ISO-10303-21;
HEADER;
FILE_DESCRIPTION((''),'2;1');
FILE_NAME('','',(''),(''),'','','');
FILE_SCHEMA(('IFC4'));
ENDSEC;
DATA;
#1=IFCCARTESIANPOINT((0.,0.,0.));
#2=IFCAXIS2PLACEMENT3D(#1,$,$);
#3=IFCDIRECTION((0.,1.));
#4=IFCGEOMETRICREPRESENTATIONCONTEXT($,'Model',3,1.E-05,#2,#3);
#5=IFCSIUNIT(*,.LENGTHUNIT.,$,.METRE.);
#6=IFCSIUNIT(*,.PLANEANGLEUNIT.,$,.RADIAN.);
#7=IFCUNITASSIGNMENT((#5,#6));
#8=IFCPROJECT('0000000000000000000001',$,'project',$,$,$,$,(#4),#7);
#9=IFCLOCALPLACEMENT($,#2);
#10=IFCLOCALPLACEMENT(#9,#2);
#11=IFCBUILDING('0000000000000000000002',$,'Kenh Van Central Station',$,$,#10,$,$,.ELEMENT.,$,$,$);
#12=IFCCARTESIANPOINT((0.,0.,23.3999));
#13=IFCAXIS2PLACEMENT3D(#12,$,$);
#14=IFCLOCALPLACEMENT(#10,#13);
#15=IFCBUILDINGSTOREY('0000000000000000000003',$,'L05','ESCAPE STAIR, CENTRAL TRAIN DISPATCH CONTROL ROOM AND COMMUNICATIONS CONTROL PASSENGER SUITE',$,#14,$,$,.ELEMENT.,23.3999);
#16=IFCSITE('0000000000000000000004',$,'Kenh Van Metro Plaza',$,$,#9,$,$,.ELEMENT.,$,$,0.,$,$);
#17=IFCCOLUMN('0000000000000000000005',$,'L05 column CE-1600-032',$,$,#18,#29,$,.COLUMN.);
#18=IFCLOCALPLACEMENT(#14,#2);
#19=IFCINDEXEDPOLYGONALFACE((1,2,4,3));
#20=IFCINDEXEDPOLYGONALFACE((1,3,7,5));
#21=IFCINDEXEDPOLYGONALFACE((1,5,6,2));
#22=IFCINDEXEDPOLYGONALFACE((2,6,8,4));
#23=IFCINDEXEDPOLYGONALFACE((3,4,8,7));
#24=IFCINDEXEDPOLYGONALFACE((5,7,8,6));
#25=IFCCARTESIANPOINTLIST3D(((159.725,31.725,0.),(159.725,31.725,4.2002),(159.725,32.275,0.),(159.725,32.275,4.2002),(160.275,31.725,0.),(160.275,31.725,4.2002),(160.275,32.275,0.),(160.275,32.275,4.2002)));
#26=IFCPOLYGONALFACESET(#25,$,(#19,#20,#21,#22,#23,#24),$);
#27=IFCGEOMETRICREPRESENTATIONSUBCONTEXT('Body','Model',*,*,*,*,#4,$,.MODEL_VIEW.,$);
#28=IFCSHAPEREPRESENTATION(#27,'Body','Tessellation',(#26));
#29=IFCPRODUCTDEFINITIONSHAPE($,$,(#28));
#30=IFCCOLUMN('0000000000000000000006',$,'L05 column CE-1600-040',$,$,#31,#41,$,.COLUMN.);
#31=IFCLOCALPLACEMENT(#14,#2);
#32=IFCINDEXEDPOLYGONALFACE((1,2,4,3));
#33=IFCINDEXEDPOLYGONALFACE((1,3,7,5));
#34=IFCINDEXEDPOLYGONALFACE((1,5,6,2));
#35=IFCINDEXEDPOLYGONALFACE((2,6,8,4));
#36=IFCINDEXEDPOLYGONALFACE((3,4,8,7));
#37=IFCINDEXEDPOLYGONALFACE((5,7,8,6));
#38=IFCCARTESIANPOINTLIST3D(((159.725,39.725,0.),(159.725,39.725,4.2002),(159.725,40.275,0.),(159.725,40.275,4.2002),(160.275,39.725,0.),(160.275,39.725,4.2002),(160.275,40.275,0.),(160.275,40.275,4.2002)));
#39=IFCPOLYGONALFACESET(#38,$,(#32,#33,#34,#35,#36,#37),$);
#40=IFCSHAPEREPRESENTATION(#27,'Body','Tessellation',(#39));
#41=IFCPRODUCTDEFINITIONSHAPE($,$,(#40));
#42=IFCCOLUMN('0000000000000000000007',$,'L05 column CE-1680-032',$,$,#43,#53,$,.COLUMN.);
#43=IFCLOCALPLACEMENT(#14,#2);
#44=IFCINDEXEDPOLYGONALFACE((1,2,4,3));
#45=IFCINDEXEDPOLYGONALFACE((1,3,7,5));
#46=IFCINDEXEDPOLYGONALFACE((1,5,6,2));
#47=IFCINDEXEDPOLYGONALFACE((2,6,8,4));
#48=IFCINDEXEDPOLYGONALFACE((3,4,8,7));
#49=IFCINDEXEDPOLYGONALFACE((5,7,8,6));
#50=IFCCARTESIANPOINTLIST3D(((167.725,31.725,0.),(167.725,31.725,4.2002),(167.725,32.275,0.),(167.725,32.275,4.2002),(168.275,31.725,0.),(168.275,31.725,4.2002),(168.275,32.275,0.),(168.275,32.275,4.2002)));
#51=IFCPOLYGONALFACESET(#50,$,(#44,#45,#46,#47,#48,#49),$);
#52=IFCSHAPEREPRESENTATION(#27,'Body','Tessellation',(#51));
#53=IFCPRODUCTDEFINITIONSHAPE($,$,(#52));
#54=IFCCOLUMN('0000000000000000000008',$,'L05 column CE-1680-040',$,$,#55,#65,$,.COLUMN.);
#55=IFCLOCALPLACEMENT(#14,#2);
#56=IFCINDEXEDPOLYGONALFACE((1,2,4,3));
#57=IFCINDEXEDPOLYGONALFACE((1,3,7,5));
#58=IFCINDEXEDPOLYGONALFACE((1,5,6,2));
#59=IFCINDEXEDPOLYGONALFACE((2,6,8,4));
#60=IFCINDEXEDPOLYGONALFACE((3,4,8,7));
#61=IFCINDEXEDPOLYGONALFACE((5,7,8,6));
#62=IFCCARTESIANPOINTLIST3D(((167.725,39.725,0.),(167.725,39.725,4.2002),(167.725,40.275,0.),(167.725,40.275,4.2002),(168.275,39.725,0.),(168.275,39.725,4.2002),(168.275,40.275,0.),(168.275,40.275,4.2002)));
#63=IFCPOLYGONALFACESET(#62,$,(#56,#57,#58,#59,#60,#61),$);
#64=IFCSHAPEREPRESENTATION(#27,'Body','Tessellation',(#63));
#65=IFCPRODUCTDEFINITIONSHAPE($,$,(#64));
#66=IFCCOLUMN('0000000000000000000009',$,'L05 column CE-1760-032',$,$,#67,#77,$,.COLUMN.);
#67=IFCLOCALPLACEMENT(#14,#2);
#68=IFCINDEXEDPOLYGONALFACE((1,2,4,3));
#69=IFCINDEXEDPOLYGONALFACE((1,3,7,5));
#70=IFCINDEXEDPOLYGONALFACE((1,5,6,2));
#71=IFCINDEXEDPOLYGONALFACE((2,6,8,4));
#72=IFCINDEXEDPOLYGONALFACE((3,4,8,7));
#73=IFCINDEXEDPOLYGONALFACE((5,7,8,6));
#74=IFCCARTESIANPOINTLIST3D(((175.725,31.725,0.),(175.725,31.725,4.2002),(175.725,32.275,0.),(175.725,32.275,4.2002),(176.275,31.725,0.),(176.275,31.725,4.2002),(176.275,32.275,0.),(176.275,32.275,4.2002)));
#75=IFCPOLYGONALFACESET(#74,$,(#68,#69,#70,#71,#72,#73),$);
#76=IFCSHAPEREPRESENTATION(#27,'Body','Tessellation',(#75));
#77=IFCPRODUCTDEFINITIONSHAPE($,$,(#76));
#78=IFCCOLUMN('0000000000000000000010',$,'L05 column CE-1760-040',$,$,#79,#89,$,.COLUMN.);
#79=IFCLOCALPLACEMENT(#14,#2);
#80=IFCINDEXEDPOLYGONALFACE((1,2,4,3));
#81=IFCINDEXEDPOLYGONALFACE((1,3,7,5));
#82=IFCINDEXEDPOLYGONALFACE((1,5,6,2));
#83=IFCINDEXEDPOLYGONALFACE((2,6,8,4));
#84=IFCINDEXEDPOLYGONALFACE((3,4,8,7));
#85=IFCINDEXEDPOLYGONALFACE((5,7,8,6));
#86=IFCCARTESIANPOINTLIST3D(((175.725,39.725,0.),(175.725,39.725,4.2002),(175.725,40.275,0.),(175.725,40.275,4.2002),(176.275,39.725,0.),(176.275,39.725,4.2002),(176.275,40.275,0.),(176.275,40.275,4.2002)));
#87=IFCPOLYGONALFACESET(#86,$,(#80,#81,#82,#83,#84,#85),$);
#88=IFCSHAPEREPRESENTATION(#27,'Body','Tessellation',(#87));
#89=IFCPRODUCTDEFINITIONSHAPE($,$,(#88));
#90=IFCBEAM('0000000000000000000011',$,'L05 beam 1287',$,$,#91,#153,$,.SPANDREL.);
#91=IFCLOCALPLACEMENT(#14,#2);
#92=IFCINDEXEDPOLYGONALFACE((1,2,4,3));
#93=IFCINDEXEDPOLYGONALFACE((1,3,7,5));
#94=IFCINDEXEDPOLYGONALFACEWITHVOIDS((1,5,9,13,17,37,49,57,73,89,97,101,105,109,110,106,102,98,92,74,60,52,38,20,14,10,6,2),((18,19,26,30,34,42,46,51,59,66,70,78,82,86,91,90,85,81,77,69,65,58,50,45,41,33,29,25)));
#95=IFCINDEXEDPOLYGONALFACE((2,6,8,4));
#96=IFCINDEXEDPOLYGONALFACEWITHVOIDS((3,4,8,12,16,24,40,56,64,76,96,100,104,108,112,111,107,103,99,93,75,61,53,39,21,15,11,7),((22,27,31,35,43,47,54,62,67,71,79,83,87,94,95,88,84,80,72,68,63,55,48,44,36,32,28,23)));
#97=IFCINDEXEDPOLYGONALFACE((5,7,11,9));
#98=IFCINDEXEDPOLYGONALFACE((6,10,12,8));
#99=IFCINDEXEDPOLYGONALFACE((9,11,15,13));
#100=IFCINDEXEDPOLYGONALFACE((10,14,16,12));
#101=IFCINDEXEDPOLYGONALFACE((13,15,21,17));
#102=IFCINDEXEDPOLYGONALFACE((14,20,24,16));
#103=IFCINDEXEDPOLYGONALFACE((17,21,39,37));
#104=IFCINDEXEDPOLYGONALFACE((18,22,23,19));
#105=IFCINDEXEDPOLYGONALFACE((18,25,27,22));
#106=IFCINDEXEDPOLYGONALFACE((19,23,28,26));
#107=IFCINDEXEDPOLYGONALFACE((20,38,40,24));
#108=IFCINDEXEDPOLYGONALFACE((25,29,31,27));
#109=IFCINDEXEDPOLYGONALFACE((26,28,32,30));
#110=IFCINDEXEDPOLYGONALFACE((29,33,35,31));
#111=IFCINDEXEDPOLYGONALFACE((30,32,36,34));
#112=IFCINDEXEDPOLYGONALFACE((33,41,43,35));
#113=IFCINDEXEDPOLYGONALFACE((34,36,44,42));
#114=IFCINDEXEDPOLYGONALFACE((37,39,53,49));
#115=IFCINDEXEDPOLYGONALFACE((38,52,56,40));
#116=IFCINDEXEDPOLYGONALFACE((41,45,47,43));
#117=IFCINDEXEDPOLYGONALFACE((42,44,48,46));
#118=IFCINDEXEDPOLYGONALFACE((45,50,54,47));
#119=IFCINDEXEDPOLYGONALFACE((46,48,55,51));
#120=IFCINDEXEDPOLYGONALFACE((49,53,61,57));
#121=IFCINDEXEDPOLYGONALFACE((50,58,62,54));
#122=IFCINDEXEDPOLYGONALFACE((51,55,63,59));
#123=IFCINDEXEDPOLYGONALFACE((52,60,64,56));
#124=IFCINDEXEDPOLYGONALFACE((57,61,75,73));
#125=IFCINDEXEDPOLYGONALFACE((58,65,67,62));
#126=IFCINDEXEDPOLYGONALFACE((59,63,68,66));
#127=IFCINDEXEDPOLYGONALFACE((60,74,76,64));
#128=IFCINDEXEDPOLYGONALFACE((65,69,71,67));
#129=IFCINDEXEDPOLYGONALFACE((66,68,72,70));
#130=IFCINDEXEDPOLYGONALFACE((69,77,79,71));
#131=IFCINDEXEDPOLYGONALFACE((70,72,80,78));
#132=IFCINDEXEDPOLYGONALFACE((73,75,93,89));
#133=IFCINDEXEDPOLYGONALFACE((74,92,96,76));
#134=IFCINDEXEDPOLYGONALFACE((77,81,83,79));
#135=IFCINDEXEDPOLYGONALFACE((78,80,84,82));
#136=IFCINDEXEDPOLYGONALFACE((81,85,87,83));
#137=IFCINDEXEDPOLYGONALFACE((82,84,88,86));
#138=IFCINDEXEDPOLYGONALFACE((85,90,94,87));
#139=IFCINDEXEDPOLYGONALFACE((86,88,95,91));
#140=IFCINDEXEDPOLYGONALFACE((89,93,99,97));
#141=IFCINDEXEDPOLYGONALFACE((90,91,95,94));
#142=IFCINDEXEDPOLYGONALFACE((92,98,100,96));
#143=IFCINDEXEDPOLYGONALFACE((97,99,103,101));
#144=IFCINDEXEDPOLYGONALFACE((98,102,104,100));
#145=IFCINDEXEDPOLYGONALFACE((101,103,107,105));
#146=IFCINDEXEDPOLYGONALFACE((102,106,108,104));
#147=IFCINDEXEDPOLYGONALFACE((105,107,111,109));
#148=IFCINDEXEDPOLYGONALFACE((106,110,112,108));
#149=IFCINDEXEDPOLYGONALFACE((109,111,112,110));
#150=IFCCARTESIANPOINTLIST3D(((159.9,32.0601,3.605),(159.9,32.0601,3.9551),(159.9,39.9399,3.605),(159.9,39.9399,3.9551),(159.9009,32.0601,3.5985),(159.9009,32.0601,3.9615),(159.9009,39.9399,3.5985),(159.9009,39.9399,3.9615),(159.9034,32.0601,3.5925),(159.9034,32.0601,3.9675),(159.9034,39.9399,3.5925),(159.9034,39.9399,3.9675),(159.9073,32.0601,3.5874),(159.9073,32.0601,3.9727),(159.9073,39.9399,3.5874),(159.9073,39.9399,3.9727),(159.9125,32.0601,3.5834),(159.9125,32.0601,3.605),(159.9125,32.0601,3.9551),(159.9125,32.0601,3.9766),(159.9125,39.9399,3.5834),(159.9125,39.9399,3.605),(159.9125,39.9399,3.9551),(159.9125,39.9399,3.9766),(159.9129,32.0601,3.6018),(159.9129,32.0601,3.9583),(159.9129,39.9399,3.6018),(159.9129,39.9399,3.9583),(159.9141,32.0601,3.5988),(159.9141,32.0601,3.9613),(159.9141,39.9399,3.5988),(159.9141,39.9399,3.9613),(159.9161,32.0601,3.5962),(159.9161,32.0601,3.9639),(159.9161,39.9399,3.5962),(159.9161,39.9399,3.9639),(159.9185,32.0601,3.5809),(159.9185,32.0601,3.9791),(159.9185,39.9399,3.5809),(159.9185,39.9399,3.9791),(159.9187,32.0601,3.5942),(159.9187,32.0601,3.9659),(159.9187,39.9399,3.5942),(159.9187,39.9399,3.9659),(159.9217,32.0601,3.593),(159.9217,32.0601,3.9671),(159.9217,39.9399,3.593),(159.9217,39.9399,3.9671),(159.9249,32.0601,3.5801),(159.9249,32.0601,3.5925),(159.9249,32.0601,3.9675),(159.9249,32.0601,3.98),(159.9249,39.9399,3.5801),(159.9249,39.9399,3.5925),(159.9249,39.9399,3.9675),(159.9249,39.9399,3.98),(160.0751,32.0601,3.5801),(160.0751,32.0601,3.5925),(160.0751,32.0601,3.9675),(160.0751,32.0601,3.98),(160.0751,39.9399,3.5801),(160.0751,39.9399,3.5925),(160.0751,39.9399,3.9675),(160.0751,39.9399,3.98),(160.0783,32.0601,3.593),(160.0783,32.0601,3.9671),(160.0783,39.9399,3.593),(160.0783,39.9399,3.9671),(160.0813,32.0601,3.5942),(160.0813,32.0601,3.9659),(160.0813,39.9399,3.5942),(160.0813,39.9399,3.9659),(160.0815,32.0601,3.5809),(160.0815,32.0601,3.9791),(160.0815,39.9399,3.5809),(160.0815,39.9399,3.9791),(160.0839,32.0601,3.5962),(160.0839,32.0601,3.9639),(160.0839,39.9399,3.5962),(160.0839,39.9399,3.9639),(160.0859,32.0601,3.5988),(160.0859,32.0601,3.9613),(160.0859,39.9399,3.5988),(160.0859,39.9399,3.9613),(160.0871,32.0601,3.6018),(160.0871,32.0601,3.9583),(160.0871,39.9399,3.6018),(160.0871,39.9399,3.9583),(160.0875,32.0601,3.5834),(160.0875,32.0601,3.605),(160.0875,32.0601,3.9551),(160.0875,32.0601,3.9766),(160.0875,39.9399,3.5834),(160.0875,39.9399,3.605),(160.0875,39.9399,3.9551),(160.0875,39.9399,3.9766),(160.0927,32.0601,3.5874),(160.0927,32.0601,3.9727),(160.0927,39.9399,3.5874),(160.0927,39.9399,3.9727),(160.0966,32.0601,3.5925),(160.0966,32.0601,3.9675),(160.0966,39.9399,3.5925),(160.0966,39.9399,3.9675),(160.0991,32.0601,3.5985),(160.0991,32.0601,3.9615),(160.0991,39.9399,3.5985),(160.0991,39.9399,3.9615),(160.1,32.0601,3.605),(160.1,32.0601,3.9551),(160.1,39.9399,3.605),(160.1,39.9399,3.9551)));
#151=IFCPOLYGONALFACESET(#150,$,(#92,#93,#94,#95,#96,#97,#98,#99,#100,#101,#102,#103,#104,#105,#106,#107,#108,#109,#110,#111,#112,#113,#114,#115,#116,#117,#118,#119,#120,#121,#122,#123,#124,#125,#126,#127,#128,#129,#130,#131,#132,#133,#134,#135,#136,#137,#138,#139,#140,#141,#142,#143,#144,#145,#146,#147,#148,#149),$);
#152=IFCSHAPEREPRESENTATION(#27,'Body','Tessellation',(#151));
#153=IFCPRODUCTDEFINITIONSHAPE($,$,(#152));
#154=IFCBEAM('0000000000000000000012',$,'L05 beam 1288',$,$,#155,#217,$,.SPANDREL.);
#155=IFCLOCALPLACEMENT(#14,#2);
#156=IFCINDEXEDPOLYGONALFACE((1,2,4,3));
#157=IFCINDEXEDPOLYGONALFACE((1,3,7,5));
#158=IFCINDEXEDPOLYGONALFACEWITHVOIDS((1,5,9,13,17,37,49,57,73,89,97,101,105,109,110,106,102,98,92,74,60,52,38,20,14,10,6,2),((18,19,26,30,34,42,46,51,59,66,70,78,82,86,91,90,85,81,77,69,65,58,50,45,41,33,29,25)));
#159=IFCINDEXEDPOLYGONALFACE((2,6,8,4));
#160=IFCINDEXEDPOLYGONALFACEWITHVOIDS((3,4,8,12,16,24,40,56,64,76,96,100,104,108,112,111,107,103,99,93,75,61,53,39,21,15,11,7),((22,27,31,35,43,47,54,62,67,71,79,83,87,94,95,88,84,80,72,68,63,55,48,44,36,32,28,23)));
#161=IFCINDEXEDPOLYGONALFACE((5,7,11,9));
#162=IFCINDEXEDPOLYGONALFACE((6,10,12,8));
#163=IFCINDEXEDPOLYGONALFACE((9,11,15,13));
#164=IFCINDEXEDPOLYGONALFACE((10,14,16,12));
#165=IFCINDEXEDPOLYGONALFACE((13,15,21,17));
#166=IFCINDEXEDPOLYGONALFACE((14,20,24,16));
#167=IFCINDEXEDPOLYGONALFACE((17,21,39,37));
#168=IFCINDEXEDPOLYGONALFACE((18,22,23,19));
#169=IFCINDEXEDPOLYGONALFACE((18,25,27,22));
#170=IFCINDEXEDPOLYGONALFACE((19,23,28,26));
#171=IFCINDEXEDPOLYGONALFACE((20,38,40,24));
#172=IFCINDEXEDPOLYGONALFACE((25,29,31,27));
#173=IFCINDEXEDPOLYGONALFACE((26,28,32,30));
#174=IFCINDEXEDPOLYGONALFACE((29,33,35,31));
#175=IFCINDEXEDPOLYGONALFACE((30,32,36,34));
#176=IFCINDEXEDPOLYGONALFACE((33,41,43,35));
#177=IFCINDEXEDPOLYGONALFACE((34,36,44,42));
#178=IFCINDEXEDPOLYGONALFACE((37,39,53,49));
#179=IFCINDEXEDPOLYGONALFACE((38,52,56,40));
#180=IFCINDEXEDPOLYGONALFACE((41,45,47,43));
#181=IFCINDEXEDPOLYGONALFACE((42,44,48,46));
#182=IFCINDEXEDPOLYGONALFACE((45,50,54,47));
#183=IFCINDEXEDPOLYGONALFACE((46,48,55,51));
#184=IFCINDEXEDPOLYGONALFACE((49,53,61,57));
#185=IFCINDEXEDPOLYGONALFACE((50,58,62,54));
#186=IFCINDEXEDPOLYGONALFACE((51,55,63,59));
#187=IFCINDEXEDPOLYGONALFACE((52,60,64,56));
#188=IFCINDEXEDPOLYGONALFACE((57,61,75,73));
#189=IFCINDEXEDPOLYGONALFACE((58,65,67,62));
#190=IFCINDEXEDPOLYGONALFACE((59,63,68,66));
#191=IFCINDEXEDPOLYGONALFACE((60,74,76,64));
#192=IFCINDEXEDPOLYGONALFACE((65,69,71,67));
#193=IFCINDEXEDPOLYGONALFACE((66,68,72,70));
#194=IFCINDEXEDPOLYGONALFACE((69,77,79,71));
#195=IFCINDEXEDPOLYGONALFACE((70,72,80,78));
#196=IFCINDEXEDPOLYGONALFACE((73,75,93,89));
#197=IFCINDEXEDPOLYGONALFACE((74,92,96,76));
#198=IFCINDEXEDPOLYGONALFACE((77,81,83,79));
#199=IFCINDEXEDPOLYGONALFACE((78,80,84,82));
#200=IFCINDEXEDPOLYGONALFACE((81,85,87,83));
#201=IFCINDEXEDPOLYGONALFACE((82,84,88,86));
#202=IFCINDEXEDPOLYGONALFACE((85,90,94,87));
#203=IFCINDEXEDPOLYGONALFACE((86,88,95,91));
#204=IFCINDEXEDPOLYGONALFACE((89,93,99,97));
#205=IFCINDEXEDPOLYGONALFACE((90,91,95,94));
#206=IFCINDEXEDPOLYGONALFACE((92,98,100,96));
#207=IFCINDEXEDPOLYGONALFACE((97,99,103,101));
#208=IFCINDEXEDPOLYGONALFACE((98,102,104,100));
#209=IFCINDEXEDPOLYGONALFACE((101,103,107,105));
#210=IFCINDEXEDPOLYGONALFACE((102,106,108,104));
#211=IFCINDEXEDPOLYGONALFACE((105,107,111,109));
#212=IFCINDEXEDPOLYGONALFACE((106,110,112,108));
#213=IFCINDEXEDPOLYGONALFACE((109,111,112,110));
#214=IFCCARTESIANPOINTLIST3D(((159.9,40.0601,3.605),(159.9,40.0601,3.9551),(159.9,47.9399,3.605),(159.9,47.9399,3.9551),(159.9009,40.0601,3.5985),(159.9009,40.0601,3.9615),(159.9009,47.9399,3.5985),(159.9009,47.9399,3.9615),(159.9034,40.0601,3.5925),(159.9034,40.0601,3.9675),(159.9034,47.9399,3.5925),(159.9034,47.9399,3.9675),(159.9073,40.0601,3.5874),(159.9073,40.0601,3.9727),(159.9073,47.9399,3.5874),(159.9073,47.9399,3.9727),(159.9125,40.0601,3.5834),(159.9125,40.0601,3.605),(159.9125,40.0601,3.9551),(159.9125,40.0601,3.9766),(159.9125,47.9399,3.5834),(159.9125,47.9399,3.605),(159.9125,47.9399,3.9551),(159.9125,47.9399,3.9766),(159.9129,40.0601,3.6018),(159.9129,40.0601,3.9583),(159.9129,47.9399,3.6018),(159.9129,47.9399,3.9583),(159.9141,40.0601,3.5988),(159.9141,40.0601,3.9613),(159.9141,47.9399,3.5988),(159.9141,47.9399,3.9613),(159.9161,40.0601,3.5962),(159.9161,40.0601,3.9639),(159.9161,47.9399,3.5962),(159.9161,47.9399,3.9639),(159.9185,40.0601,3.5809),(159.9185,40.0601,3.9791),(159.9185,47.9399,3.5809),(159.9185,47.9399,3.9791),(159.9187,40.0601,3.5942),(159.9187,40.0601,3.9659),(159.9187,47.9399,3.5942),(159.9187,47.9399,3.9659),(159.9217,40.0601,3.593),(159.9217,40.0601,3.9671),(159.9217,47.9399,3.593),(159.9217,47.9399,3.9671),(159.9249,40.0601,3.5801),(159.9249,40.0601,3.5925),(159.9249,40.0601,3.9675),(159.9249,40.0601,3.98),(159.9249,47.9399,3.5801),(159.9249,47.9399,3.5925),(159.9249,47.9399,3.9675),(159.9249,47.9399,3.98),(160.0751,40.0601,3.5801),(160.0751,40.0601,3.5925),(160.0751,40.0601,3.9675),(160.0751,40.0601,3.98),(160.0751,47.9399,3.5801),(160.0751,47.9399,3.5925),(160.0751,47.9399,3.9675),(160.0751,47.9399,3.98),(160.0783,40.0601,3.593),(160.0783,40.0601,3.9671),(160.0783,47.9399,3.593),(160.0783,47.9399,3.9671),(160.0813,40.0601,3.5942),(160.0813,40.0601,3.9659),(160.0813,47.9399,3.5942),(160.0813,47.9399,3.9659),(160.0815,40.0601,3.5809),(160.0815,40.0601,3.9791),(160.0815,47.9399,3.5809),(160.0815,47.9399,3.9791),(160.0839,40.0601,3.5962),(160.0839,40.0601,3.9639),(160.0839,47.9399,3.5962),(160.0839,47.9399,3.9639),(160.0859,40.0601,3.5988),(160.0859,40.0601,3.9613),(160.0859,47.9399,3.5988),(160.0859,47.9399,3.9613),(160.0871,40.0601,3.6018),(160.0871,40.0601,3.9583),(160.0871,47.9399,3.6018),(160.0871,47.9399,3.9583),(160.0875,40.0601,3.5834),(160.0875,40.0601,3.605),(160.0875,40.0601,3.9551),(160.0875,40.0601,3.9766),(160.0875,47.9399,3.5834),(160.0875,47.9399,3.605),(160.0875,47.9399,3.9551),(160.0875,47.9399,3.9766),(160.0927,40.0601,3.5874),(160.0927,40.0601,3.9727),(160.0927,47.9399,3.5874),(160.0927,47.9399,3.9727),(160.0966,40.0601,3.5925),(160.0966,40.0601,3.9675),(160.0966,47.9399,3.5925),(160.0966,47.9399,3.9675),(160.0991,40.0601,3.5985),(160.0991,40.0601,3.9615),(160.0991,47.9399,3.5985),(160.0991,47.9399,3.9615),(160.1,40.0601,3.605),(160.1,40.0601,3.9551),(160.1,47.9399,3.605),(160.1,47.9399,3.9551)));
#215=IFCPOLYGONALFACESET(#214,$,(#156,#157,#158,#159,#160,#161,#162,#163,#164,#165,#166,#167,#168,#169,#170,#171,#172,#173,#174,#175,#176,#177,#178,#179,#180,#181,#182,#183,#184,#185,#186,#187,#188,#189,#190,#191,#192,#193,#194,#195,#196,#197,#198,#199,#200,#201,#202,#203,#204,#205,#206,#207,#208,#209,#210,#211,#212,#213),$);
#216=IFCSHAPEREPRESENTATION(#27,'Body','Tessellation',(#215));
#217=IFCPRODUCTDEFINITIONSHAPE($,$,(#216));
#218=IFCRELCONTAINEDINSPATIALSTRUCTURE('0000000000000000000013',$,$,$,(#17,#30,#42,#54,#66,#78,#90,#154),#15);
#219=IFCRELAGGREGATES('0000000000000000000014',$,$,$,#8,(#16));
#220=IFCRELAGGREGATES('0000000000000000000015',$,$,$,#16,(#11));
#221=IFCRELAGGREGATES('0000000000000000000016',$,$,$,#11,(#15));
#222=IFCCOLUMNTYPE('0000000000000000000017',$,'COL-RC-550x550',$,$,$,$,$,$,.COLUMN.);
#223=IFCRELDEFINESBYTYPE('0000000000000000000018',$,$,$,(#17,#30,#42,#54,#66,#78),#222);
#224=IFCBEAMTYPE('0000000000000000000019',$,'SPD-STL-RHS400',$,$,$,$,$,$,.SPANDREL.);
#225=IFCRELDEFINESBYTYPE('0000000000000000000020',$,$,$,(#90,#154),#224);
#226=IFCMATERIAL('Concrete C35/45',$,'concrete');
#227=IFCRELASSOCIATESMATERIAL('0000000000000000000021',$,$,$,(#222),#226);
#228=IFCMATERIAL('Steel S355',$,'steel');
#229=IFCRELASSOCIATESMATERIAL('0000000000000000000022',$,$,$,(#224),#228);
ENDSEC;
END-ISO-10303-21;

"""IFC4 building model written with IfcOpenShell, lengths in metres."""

from ifc_helpers import new_model, si_unit, direction, frame, origin, origin_2d, place, context, subcontext, project, spatial, rectangle, hollow_rectangle, extrude, material, material_profile, profile_set, type_object, element, save


model = new_model("IFC4")

# Units and contexts
model_context = context("Model", 3, precision=1e-05, world=origin(), true_north=direction((0.0, 1.0)))
body_context = subcontext(model_context, "Body", "Model", "MODEL_VIEW")
ifc_project = project(units=[si_unit("LENGTHUNIT", "METRE"), si_unit("PLANEANGLEUNIT", "RADIAN")], contexts=[model_context])

# Site, building, storey
site_placement = place(None, origin())
site = spatial("IfcSite", under=ifc_project, at=site_placement, Name="Kenh Van Metro Plaza", CompositionType="ELEMENT", RefElevation=0.0)
building_placement = place(site_placement, origin())
building = spatial("IfcBuilding", under=site, at=building_placement, Name="Kenh Van Central Station", CompositionType="ELEMENT")
storey_placement = place(building_placement, frame((0.0, 0.0, 23.3999)))
storey = spatial("IfcBuildingStorey", under=building, at=storey_placement, Name="L05", Description="ESCAPE STAIR, CENTRAL TRAIN DISPATCH CONTROL ROOM AND COMMUNICATIONS CONTROL PASSENGER SUITE", CompositionType="ELEMENT", Elevation=23.3999)

# Columns
ifc_material_1 = material(Name="Concrete C35/45", Category="concrete")
ifc_material_profile_1 = material_profile(ifc_material_1, rectangle(XDim=0.55, YDim=0.55, at=origin_2d()), Name="RC 550x550")
ifc_profile_set_1 = profile_set([ifc_material_profile_1], Name="Concrete C35/45")
column_type = type_object("IfcColumnType", Name="COL-RC-550x550", PredefinedType="COLUMN", material=ifc_profile_set_1)
for number, where, z_axis, x_axis, name in (
    (1, (160.0, 32.0, 0.0), (0.0, 0.0, 1.0), (1.0, 0.0, 0.0), "L05 column CE-1600-032"),
    (2, (160.0, 40.0, 0.0), (0.0, 0.0, 1.0), (1.0, 0.0, 0.0), "L05 column CE-1600-040"),
    (3, (168.0, 32.0, 0.0), (0.0, 0.0, 1.0), (1.0, 0.0, 0.0), "L05 column CE-1680-032"),
    (4, (168.0, 40.0, 0.0), (0.0, 0.0, 1.0), (1.0, 0.0, 0.0), "L05 column CE-1680-040"),
    (5, (176.0, 32.0, 0.0), (0.0, 0.0, 1.0), (1.0, 0.0, 0.0), "L05 column CE-1760-032"),
    (6, (176.0, 40.0, 0.0), (0.0, 0.0, 1.0), (1.0, 0.0, 0.0), "L05 column CE-1760-040"),
):
    element("IfcColumn", number, at=place(storey_placement, frame(where, z_axis=z_axis, x_axis=x_axis)), inside=storey, type_object=column_type, Name=name, PredefinedType="COLUMN", context=body_context, shape_type="SweptSolid", body=[
        extrude(rectangle(XDim=0.55, YDim=0.55, at=origin_2d()), origin(), (0.0, 0.0, 1.0), 4.2002),
    ])

# Beams
ifc_material_2 = material(Name="Steel S355", Category="steel")
ifc_material_profile_2 = material_profile(ifc_material_2, hollow_rectangle(XDim=0.2, YDim=0.3999, WallThickness=0.0125, InnerFilletRadius=0.0125, OuterFilletRadius=0.0249, at=origin_2d()), Name="RHS 400x200x12.5")
ifc_profile_set_2 = profile_set([ifc_material_profile_2], Name="Steel S355")
beam_type = type_object("IfcBeamType", Name="SPD-STL-RHS400", PredefinedType="SPANDREL", material=ifc_profile_set_2)
for number, where, z_axis, x_axis, name in (
    (7, (160.0, 32.0601, 3.78), (0.0, 1.0, 0.0), (-1.0, 0.0, 0.0), "L05 beam 1287"),
    (8, (160.0, 40.0601, 3.78), (0.0, 1.0, 0.0), (-1.0, 0.0, 0.0), "L05 beam 1288"),
):
    element("IfcBeam", number, at=place(storey_placement, frame(where, z_axis=z_axis, x_axis=x_axis)), inside=storey, type_object=beam_type, Name=name, PredefinedType="SPANDREL", context=body_context, shape_type="SweptSolid", body=[
        extrude(hollow_rectangle(XDim=0.2, YDim=0.3999, WallThickness=0.0125, InnerFilletRadius=0.0125, OuterFilletRadius=0.0249, at=origin_2d()), origin(), (0.0, 0.0, 1.0), 7.8799),
    ])

save(model, "model.ifc")
